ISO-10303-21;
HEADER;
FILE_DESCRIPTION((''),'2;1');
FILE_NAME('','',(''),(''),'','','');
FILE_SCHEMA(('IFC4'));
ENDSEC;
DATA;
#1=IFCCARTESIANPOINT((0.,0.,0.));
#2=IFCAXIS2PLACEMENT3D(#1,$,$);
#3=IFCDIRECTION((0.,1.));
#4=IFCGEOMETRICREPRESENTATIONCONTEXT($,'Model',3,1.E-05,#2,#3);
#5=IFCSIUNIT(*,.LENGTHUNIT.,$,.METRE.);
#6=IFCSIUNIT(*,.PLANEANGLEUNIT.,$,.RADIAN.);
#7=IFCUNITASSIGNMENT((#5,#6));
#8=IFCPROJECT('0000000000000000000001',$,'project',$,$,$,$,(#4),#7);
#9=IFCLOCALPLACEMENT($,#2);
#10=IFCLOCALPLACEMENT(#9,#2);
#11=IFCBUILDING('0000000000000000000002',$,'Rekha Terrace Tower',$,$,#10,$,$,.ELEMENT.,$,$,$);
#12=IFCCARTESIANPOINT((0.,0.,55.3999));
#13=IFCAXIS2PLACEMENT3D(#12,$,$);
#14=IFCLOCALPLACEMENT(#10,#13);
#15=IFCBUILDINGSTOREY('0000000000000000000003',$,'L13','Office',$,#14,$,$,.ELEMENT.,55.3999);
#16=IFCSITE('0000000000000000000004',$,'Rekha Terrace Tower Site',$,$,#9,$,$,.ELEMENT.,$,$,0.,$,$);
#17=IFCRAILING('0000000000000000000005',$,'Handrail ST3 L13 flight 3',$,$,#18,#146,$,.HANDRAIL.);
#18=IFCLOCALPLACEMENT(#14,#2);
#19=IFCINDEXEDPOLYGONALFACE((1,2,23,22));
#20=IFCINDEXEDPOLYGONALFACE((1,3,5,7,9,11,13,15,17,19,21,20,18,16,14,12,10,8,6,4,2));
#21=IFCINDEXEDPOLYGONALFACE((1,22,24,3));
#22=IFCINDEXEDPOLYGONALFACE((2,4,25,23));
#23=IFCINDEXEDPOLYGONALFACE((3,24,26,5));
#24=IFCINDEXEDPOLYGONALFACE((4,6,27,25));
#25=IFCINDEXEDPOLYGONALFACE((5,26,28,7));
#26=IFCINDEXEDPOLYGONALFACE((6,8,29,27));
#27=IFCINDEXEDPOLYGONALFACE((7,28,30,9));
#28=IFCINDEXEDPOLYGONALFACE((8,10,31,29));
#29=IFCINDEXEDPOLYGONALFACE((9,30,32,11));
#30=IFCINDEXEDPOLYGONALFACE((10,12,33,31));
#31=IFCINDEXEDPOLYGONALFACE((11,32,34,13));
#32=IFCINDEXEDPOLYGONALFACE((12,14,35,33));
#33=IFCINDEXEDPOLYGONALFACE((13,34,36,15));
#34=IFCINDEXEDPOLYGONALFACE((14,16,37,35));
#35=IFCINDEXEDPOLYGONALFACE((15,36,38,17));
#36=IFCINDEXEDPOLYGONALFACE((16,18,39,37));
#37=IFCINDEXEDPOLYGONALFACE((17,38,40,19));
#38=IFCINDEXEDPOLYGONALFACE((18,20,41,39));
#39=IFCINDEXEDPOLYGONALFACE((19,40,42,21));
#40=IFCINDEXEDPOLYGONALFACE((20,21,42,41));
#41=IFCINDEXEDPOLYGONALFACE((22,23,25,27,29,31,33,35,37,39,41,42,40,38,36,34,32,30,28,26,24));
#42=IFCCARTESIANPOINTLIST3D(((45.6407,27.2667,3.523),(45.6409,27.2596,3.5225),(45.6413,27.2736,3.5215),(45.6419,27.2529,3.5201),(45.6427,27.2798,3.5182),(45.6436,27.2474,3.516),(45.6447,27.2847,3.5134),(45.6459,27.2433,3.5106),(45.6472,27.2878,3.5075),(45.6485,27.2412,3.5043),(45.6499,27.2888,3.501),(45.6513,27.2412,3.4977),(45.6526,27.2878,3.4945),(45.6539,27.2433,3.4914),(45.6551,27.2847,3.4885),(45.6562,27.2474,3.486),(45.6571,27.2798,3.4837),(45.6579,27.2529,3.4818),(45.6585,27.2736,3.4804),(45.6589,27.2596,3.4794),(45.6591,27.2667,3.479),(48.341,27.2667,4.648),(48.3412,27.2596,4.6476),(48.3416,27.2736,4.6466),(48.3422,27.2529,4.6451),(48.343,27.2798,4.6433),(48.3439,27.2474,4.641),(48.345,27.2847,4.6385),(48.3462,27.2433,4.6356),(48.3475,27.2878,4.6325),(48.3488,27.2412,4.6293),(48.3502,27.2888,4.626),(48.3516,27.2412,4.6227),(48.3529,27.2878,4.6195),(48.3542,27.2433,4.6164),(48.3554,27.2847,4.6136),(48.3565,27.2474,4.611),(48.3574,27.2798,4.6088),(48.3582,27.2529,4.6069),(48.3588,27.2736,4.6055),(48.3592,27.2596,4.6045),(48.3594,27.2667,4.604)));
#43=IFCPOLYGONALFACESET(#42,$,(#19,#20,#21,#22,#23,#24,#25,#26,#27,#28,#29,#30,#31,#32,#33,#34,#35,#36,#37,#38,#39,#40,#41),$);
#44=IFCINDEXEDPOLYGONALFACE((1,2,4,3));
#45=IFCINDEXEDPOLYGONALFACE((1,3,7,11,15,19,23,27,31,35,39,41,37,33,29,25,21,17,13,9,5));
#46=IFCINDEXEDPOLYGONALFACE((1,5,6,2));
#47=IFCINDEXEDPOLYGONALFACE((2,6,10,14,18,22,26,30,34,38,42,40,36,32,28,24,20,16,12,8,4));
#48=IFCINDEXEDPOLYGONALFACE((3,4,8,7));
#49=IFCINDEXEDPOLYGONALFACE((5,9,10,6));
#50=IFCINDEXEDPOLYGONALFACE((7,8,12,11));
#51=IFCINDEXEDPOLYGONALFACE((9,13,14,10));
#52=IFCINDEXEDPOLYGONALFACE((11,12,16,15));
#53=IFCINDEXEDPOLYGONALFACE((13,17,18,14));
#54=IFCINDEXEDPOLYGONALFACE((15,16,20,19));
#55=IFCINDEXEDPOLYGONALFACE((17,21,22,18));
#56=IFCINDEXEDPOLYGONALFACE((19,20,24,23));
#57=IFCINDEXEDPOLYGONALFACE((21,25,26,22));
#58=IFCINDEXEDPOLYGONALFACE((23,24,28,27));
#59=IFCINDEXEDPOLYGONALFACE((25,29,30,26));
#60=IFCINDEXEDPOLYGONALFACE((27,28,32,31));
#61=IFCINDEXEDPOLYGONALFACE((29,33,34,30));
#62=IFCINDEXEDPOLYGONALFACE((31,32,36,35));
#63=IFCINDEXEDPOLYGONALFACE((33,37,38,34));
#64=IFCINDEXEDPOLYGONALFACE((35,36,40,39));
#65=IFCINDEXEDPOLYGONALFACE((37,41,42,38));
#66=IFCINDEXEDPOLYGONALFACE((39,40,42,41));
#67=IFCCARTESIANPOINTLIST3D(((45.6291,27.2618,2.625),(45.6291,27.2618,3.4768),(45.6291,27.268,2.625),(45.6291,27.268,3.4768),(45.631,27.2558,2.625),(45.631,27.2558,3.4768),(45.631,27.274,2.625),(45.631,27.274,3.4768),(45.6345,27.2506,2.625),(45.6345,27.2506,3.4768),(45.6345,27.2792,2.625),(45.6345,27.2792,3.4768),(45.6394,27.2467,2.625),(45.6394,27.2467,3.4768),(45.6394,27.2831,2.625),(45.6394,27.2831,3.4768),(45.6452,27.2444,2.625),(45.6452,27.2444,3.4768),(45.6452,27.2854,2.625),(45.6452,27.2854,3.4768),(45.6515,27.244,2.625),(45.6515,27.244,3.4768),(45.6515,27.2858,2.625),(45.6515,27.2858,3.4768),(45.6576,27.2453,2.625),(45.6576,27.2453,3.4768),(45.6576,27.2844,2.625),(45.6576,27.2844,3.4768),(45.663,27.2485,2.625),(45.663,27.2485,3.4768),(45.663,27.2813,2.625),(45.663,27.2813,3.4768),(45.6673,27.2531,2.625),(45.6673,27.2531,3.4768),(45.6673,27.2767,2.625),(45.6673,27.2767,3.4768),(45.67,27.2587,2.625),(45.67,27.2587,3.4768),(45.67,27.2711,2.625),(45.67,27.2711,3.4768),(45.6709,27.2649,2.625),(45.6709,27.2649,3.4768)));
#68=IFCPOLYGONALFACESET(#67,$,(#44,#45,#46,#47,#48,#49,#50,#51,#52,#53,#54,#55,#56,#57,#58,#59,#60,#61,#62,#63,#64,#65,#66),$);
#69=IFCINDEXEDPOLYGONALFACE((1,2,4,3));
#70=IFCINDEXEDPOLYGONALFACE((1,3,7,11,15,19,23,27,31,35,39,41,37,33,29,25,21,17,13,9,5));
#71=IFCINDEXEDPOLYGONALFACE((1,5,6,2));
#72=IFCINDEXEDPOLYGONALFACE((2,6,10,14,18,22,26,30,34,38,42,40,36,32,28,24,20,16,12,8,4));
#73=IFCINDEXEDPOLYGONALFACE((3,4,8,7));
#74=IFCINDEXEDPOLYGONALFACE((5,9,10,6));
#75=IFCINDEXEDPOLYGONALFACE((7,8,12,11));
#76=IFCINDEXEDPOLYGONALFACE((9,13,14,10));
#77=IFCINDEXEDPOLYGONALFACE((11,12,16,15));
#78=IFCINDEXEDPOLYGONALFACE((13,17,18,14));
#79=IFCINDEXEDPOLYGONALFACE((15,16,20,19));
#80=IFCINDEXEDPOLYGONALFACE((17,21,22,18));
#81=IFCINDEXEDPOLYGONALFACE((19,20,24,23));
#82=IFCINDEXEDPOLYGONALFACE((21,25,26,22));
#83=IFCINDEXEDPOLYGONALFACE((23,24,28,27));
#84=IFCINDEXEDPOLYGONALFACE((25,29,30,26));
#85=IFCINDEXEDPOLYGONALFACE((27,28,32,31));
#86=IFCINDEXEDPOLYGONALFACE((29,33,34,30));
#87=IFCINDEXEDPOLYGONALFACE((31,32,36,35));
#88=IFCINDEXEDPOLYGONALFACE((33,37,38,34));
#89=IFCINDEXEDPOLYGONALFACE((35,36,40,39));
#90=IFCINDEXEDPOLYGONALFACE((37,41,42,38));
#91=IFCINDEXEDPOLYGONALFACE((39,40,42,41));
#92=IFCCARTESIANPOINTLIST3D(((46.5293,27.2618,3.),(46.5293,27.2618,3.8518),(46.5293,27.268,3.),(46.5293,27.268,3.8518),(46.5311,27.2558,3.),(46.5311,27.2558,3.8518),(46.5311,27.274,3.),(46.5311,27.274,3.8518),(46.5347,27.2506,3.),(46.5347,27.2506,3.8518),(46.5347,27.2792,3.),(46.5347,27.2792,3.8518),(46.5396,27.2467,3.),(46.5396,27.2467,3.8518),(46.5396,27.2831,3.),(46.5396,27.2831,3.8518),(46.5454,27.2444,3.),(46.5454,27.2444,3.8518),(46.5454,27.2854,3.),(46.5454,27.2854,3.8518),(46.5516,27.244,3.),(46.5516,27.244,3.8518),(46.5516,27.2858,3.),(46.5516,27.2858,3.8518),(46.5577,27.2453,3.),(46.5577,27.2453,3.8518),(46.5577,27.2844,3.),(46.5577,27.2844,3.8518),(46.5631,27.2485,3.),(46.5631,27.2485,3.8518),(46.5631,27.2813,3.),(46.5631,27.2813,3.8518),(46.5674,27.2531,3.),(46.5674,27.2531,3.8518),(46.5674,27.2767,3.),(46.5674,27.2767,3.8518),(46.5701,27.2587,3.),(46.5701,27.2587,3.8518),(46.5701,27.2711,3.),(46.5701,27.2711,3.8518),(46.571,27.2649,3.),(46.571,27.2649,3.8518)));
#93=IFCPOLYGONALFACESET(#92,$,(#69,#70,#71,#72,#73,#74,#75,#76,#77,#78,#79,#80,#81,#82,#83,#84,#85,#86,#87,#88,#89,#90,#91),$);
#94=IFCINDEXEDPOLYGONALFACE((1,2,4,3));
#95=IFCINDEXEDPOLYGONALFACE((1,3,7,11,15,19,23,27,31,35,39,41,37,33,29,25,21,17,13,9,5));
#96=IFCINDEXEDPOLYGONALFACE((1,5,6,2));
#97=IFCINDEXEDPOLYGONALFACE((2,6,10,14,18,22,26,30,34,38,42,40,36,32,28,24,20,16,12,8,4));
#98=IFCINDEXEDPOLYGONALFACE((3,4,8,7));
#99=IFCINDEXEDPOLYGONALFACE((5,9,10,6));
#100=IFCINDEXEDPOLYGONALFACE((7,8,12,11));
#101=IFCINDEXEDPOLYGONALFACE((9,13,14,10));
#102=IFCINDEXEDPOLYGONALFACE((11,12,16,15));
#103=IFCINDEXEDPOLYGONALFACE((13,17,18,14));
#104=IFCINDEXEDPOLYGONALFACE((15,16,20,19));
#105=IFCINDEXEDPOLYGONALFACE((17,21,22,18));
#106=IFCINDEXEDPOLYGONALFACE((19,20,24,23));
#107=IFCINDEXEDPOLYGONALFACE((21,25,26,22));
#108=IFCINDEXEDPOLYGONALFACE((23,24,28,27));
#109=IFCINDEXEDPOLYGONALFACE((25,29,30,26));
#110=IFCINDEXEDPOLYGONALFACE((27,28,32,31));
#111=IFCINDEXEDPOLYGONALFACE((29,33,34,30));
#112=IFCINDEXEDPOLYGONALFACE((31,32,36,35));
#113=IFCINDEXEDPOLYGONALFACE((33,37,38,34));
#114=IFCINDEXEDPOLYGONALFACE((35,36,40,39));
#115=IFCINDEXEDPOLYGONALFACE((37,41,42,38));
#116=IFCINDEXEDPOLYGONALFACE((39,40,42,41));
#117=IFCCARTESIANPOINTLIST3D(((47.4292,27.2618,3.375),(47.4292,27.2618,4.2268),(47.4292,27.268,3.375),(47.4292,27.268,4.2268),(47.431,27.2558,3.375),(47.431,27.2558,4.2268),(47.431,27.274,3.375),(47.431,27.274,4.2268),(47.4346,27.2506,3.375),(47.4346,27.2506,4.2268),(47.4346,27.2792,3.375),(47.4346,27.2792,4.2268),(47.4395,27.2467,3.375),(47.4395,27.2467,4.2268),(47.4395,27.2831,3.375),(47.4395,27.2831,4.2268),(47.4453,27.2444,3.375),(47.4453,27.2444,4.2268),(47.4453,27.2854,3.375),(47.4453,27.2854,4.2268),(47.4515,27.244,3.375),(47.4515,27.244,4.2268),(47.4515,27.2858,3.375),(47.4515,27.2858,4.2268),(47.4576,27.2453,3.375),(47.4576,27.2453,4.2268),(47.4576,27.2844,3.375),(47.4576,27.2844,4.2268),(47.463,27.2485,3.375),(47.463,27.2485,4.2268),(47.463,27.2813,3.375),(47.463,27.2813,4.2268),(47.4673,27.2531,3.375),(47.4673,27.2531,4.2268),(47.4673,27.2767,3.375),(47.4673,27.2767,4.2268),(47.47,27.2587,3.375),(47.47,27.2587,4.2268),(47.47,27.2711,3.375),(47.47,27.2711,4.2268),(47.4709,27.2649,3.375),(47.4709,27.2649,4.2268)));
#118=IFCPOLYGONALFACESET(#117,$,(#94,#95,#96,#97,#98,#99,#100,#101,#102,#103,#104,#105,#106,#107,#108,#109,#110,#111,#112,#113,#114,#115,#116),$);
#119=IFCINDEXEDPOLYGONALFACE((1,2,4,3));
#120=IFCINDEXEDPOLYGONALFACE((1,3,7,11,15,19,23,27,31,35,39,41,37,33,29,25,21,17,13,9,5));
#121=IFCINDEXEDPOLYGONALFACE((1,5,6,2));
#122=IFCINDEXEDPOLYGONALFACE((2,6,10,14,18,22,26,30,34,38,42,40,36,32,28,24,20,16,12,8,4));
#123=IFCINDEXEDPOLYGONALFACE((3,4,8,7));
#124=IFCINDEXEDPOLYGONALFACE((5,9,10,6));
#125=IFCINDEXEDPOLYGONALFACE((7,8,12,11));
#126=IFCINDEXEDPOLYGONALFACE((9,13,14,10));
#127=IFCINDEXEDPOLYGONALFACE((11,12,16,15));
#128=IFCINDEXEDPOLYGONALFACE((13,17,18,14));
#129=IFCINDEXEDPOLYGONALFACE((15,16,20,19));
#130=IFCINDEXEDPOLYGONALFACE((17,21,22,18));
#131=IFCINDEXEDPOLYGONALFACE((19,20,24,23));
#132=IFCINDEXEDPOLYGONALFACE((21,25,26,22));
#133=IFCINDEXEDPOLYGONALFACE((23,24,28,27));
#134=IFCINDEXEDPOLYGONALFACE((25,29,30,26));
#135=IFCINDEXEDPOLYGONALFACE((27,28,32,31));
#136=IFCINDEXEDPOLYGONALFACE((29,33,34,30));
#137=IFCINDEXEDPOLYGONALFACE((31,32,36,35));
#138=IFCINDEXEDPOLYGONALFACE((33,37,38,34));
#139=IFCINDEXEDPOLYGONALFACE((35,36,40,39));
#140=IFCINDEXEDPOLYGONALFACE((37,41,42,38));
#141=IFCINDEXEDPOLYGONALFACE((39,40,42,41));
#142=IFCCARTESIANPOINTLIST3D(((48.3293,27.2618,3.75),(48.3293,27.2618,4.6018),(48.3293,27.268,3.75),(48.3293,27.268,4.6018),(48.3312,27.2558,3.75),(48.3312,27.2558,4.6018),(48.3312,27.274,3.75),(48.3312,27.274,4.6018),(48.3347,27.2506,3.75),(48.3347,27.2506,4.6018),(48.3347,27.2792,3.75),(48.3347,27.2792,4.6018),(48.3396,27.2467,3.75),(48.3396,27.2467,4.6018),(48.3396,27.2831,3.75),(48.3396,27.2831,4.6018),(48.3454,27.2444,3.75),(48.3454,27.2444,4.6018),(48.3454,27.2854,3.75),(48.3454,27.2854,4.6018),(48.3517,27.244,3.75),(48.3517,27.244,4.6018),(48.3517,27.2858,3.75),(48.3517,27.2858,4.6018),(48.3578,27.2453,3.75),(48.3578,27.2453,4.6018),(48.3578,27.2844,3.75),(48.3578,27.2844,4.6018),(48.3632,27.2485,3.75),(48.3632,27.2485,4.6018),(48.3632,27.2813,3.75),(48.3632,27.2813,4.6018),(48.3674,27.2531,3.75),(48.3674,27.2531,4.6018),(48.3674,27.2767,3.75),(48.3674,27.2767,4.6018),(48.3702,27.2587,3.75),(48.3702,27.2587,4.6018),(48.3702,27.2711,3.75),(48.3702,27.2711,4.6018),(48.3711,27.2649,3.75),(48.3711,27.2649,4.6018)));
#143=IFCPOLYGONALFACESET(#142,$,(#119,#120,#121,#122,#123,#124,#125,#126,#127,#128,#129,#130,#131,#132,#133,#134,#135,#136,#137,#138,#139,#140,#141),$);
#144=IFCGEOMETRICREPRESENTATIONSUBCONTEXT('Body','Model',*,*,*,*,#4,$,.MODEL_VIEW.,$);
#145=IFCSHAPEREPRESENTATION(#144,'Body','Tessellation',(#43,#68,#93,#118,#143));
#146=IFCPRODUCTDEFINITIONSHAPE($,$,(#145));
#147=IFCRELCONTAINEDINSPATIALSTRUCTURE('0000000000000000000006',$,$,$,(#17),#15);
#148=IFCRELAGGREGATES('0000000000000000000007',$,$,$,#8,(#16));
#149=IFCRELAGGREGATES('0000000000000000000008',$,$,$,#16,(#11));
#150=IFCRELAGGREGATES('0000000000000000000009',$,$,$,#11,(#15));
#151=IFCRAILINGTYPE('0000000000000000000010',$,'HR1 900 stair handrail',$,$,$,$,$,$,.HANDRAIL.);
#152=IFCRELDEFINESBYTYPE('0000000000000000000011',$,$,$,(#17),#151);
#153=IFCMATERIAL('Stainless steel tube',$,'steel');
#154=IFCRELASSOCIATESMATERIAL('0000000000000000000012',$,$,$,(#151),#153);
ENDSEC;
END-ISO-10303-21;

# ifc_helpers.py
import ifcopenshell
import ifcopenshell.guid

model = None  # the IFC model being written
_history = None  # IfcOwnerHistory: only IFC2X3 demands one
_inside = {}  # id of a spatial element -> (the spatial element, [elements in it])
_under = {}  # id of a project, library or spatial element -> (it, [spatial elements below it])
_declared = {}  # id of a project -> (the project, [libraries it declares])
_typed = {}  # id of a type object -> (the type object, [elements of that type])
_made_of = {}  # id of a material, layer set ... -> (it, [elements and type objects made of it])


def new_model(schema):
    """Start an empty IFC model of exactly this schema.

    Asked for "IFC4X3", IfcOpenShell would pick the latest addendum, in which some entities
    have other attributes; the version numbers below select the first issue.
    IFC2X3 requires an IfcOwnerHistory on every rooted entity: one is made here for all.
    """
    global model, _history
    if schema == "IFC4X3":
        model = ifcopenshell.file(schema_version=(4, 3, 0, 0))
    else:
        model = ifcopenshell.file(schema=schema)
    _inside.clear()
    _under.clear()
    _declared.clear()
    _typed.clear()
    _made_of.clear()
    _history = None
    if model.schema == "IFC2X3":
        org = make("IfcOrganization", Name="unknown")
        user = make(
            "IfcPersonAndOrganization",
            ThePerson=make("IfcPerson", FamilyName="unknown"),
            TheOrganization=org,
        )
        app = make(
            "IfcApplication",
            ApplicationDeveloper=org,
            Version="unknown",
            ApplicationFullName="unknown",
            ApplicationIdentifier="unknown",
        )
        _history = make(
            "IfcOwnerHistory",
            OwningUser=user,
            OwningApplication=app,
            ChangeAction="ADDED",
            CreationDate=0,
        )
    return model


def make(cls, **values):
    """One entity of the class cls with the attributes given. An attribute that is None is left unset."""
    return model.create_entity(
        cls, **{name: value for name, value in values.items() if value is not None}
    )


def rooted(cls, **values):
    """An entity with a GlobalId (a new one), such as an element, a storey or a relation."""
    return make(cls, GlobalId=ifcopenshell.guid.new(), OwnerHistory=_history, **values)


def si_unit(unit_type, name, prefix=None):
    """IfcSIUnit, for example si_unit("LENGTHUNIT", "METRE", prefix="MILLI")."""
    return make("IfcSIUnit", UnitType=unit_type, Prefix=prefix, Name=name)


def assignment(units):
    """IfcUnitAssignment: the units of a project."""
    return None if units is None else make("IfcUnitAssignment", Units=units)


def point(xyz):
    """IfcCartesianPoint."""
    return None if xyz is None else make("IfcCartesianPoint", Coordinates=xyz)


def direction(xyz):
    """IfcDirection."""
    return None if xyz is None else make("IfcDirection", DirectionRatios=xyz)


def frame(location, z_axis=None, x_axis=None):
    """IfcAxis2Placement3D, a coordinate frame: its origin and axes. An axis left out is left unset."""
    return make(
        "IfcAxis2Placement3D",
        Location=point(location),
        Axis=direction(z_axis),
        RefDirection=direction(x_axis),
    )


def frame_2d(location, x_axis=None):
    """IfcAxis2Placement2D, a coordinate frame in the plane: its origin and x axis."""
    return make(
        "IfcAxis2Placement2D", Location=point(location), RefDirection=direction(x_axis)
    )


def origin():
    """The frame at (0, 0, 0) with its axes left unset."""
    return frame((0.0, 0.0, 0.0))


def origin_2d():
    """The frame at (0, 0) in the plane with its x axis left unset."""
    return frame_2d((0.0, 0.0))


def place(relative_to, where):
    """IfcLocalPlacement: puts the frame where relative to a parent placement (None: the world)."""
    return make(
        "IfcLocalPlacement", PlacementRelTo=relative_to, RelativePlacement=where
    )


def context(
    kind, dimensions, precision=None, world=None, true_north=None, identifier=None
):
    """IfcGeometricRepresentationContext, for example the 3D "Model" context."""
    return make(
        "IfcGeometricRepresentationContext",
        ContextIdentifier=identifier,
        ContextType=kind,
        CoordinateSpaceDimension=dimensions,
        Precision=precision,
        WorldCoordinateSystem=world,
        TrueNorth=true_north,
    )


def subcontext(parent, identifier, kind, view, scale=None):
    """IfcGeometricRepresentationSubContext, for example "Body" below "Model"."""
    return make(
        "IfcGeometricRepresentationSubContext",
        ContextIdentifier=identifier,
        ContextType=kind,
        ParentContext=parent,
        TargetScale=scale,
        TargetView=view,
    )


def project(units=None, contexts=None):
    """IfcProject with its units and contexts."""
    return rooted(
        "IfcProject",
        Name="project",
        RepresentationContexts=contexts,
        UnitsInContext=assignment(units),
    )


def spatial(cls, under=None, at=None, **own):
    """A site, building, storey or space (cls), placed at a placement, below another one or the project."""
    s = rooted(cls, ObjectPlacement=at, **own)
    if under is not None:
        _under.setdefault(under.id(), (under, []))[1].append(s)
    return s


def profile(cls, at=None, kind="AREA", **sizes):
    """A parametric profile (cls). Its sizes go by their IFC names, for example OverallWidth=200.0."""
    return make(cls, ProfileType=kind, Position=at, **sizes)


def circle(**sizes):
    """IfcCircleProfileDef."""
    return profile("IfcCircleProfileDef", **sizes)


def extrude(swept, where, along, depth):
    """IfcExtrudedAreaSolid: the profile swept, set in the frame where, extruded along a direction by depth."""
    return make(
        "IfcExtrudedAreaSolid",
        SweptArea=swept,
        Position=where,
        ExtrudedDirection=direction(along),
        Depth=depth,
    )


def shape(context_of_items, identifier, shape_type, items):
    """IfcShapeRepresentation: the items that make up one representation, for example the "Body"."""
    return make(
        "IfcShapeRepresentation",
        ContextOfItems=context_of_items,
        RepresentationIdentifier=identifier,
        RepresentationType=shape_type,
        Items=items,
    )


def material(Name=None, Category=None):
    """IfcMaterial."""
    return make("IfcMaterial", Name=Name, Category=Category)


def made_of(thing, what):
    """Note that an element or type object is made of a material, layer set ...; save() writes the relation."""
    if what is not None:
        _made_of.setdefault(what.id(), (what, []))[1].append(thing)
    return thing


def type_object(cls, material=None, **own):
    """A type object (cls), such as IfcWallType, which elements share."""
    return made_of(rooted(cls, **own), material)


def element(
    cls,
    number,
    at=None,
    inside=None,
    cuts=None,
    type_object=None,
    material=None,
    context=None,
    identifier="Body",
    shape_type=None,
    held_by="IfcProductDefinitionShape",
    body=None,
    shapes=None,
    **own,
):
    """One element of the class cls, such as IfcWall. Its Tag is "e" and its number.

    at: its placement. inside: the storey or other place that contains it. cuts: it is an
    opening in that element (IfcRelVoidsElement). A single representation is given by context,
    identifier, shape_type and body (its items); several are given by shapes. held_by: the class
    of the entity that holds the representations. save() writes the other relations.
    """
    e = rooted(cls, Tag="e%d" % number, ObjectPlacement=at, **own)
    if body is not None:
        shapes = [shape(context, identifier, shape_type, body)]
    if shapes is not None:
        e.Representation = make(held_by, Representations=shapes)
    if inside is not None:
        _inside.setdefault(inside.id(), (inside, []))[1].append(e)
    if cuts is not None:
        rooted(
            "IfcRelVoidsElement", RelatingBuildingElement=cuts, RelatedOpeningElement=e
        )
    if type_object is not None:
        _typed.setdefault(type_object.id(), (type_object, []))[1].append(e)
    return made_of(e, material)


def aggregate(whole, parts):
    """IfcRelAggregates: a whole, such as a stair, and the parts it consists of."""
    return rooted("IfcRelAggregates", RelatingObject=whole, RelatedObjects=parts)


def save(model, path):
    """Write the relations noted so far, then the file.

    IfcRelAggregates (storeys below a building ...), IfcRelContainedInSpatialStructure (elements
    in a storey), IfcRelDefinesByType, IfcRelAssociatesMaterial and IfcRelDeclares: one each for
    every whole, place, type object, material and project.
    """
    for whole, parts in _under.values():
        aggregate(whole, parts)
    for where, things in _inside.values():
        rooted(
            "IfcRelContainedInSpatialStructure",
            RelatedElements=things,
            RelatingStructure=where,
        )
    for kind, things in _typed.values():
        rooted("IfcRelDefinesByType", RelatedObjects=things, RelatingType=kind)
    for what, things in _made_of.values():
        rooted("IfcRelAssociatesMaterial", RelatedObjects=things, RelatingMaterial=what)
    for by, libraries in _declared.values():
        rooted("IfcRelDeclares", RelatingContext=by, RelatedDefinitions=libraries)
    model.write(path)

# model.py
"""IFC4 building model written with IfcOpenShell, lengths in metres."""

from ifc_helpers import new_model, si_unit, direction, frame, origin, origin_2d, place, context, subcontext, project, spatial, circle, extrude, material, type_object, element, save


model = new_model("IFC4")

# Units and contexts
model_context = context("Model", 3, precision=1e-05, world=origin(), true_north=direction((0.0, 1.0)))
body_context = subcontext(model_context, "Body", "Model", "MODEL_VIEW")
ifc_project = project(units=[si_unit("LENGTHUNIT", "METRE"), si_unit("PLANEANGLEUNIT", "RADIAN")], contexts=[model_context])

# Site, building, storey
site_placement = place(None, origin())
site = spatial("IfcSite", under=ifc_project, at=site_placement, Name="Rekha Terrace Tower Site", CompositionType="ELEMENT", RefElevation=0.0)
building_placement = place(site_placement, origin())
building = spatial("IfcBuilding", under=site, at=building_placement, Name="Rekha Terrace Tower", CompositionType="ELEMENT")
storey_placement = place(building_placement, frame((0.0, 0.0, 55.3999)))
storey = spatial("IfcBuildingStorey", under=building, at=storey_placement, Name="L13", Description="Office", CompositionType="ELEMENT", Elevation=55.3999)

# Railing
ifc_material_1 = material(Name="Stainless steel tube", Category="steel")
railing_type_1 = type_object("IfcRailingType", Name="HR1 900 stair handrail", PredefinedType="HANDRAIL", material=ifc_material_1)
railing_1_placement = place(storey_placement, frame((45.6499, 27.2649, 2.625)))
element("IfcRailing", 1, at=railing_1_placement, inside=storey, type_object=railing_type_1, Name="Handrail ST3 L13 flight 3", PredefinedType="HANDRAIL", context=body_context, shape_type="SweptSolid", body=[
    extrude(circle(Radius=0.0239, at=origin_2d()), frame((0.0, 0.0, 0.876), z_axis=(0.923087, 0.0, 0.384592), x_axis=(0.0, 1.0, 0.0)), (0.0, 0.0, 1.0), 2.9253),
    extrude(circle(Radius=0.021, at=origin_2d()), origin(), (0.0, 0.0, 1.0), 0.8518),
    extrude(circle(Radius=0.021, at=origin_2d()), frame((0.9001, 0.0, 0.375)), (0.0, 0.0, 1.0), 0.8518),
    extrude(circle(Radius=0.021, at=origin_2d()), frame((1.8, 0.0, 0.75)), (0.0, 0.0, 1.0), 0.8518),
    extrude(circle(Radius=0.021, at=origin_2d()), frame((2.7002, 0.0, 1.125)), (0.0, 0.0, 1.0), 0.8518),
])

save(model, "model.ifc")
